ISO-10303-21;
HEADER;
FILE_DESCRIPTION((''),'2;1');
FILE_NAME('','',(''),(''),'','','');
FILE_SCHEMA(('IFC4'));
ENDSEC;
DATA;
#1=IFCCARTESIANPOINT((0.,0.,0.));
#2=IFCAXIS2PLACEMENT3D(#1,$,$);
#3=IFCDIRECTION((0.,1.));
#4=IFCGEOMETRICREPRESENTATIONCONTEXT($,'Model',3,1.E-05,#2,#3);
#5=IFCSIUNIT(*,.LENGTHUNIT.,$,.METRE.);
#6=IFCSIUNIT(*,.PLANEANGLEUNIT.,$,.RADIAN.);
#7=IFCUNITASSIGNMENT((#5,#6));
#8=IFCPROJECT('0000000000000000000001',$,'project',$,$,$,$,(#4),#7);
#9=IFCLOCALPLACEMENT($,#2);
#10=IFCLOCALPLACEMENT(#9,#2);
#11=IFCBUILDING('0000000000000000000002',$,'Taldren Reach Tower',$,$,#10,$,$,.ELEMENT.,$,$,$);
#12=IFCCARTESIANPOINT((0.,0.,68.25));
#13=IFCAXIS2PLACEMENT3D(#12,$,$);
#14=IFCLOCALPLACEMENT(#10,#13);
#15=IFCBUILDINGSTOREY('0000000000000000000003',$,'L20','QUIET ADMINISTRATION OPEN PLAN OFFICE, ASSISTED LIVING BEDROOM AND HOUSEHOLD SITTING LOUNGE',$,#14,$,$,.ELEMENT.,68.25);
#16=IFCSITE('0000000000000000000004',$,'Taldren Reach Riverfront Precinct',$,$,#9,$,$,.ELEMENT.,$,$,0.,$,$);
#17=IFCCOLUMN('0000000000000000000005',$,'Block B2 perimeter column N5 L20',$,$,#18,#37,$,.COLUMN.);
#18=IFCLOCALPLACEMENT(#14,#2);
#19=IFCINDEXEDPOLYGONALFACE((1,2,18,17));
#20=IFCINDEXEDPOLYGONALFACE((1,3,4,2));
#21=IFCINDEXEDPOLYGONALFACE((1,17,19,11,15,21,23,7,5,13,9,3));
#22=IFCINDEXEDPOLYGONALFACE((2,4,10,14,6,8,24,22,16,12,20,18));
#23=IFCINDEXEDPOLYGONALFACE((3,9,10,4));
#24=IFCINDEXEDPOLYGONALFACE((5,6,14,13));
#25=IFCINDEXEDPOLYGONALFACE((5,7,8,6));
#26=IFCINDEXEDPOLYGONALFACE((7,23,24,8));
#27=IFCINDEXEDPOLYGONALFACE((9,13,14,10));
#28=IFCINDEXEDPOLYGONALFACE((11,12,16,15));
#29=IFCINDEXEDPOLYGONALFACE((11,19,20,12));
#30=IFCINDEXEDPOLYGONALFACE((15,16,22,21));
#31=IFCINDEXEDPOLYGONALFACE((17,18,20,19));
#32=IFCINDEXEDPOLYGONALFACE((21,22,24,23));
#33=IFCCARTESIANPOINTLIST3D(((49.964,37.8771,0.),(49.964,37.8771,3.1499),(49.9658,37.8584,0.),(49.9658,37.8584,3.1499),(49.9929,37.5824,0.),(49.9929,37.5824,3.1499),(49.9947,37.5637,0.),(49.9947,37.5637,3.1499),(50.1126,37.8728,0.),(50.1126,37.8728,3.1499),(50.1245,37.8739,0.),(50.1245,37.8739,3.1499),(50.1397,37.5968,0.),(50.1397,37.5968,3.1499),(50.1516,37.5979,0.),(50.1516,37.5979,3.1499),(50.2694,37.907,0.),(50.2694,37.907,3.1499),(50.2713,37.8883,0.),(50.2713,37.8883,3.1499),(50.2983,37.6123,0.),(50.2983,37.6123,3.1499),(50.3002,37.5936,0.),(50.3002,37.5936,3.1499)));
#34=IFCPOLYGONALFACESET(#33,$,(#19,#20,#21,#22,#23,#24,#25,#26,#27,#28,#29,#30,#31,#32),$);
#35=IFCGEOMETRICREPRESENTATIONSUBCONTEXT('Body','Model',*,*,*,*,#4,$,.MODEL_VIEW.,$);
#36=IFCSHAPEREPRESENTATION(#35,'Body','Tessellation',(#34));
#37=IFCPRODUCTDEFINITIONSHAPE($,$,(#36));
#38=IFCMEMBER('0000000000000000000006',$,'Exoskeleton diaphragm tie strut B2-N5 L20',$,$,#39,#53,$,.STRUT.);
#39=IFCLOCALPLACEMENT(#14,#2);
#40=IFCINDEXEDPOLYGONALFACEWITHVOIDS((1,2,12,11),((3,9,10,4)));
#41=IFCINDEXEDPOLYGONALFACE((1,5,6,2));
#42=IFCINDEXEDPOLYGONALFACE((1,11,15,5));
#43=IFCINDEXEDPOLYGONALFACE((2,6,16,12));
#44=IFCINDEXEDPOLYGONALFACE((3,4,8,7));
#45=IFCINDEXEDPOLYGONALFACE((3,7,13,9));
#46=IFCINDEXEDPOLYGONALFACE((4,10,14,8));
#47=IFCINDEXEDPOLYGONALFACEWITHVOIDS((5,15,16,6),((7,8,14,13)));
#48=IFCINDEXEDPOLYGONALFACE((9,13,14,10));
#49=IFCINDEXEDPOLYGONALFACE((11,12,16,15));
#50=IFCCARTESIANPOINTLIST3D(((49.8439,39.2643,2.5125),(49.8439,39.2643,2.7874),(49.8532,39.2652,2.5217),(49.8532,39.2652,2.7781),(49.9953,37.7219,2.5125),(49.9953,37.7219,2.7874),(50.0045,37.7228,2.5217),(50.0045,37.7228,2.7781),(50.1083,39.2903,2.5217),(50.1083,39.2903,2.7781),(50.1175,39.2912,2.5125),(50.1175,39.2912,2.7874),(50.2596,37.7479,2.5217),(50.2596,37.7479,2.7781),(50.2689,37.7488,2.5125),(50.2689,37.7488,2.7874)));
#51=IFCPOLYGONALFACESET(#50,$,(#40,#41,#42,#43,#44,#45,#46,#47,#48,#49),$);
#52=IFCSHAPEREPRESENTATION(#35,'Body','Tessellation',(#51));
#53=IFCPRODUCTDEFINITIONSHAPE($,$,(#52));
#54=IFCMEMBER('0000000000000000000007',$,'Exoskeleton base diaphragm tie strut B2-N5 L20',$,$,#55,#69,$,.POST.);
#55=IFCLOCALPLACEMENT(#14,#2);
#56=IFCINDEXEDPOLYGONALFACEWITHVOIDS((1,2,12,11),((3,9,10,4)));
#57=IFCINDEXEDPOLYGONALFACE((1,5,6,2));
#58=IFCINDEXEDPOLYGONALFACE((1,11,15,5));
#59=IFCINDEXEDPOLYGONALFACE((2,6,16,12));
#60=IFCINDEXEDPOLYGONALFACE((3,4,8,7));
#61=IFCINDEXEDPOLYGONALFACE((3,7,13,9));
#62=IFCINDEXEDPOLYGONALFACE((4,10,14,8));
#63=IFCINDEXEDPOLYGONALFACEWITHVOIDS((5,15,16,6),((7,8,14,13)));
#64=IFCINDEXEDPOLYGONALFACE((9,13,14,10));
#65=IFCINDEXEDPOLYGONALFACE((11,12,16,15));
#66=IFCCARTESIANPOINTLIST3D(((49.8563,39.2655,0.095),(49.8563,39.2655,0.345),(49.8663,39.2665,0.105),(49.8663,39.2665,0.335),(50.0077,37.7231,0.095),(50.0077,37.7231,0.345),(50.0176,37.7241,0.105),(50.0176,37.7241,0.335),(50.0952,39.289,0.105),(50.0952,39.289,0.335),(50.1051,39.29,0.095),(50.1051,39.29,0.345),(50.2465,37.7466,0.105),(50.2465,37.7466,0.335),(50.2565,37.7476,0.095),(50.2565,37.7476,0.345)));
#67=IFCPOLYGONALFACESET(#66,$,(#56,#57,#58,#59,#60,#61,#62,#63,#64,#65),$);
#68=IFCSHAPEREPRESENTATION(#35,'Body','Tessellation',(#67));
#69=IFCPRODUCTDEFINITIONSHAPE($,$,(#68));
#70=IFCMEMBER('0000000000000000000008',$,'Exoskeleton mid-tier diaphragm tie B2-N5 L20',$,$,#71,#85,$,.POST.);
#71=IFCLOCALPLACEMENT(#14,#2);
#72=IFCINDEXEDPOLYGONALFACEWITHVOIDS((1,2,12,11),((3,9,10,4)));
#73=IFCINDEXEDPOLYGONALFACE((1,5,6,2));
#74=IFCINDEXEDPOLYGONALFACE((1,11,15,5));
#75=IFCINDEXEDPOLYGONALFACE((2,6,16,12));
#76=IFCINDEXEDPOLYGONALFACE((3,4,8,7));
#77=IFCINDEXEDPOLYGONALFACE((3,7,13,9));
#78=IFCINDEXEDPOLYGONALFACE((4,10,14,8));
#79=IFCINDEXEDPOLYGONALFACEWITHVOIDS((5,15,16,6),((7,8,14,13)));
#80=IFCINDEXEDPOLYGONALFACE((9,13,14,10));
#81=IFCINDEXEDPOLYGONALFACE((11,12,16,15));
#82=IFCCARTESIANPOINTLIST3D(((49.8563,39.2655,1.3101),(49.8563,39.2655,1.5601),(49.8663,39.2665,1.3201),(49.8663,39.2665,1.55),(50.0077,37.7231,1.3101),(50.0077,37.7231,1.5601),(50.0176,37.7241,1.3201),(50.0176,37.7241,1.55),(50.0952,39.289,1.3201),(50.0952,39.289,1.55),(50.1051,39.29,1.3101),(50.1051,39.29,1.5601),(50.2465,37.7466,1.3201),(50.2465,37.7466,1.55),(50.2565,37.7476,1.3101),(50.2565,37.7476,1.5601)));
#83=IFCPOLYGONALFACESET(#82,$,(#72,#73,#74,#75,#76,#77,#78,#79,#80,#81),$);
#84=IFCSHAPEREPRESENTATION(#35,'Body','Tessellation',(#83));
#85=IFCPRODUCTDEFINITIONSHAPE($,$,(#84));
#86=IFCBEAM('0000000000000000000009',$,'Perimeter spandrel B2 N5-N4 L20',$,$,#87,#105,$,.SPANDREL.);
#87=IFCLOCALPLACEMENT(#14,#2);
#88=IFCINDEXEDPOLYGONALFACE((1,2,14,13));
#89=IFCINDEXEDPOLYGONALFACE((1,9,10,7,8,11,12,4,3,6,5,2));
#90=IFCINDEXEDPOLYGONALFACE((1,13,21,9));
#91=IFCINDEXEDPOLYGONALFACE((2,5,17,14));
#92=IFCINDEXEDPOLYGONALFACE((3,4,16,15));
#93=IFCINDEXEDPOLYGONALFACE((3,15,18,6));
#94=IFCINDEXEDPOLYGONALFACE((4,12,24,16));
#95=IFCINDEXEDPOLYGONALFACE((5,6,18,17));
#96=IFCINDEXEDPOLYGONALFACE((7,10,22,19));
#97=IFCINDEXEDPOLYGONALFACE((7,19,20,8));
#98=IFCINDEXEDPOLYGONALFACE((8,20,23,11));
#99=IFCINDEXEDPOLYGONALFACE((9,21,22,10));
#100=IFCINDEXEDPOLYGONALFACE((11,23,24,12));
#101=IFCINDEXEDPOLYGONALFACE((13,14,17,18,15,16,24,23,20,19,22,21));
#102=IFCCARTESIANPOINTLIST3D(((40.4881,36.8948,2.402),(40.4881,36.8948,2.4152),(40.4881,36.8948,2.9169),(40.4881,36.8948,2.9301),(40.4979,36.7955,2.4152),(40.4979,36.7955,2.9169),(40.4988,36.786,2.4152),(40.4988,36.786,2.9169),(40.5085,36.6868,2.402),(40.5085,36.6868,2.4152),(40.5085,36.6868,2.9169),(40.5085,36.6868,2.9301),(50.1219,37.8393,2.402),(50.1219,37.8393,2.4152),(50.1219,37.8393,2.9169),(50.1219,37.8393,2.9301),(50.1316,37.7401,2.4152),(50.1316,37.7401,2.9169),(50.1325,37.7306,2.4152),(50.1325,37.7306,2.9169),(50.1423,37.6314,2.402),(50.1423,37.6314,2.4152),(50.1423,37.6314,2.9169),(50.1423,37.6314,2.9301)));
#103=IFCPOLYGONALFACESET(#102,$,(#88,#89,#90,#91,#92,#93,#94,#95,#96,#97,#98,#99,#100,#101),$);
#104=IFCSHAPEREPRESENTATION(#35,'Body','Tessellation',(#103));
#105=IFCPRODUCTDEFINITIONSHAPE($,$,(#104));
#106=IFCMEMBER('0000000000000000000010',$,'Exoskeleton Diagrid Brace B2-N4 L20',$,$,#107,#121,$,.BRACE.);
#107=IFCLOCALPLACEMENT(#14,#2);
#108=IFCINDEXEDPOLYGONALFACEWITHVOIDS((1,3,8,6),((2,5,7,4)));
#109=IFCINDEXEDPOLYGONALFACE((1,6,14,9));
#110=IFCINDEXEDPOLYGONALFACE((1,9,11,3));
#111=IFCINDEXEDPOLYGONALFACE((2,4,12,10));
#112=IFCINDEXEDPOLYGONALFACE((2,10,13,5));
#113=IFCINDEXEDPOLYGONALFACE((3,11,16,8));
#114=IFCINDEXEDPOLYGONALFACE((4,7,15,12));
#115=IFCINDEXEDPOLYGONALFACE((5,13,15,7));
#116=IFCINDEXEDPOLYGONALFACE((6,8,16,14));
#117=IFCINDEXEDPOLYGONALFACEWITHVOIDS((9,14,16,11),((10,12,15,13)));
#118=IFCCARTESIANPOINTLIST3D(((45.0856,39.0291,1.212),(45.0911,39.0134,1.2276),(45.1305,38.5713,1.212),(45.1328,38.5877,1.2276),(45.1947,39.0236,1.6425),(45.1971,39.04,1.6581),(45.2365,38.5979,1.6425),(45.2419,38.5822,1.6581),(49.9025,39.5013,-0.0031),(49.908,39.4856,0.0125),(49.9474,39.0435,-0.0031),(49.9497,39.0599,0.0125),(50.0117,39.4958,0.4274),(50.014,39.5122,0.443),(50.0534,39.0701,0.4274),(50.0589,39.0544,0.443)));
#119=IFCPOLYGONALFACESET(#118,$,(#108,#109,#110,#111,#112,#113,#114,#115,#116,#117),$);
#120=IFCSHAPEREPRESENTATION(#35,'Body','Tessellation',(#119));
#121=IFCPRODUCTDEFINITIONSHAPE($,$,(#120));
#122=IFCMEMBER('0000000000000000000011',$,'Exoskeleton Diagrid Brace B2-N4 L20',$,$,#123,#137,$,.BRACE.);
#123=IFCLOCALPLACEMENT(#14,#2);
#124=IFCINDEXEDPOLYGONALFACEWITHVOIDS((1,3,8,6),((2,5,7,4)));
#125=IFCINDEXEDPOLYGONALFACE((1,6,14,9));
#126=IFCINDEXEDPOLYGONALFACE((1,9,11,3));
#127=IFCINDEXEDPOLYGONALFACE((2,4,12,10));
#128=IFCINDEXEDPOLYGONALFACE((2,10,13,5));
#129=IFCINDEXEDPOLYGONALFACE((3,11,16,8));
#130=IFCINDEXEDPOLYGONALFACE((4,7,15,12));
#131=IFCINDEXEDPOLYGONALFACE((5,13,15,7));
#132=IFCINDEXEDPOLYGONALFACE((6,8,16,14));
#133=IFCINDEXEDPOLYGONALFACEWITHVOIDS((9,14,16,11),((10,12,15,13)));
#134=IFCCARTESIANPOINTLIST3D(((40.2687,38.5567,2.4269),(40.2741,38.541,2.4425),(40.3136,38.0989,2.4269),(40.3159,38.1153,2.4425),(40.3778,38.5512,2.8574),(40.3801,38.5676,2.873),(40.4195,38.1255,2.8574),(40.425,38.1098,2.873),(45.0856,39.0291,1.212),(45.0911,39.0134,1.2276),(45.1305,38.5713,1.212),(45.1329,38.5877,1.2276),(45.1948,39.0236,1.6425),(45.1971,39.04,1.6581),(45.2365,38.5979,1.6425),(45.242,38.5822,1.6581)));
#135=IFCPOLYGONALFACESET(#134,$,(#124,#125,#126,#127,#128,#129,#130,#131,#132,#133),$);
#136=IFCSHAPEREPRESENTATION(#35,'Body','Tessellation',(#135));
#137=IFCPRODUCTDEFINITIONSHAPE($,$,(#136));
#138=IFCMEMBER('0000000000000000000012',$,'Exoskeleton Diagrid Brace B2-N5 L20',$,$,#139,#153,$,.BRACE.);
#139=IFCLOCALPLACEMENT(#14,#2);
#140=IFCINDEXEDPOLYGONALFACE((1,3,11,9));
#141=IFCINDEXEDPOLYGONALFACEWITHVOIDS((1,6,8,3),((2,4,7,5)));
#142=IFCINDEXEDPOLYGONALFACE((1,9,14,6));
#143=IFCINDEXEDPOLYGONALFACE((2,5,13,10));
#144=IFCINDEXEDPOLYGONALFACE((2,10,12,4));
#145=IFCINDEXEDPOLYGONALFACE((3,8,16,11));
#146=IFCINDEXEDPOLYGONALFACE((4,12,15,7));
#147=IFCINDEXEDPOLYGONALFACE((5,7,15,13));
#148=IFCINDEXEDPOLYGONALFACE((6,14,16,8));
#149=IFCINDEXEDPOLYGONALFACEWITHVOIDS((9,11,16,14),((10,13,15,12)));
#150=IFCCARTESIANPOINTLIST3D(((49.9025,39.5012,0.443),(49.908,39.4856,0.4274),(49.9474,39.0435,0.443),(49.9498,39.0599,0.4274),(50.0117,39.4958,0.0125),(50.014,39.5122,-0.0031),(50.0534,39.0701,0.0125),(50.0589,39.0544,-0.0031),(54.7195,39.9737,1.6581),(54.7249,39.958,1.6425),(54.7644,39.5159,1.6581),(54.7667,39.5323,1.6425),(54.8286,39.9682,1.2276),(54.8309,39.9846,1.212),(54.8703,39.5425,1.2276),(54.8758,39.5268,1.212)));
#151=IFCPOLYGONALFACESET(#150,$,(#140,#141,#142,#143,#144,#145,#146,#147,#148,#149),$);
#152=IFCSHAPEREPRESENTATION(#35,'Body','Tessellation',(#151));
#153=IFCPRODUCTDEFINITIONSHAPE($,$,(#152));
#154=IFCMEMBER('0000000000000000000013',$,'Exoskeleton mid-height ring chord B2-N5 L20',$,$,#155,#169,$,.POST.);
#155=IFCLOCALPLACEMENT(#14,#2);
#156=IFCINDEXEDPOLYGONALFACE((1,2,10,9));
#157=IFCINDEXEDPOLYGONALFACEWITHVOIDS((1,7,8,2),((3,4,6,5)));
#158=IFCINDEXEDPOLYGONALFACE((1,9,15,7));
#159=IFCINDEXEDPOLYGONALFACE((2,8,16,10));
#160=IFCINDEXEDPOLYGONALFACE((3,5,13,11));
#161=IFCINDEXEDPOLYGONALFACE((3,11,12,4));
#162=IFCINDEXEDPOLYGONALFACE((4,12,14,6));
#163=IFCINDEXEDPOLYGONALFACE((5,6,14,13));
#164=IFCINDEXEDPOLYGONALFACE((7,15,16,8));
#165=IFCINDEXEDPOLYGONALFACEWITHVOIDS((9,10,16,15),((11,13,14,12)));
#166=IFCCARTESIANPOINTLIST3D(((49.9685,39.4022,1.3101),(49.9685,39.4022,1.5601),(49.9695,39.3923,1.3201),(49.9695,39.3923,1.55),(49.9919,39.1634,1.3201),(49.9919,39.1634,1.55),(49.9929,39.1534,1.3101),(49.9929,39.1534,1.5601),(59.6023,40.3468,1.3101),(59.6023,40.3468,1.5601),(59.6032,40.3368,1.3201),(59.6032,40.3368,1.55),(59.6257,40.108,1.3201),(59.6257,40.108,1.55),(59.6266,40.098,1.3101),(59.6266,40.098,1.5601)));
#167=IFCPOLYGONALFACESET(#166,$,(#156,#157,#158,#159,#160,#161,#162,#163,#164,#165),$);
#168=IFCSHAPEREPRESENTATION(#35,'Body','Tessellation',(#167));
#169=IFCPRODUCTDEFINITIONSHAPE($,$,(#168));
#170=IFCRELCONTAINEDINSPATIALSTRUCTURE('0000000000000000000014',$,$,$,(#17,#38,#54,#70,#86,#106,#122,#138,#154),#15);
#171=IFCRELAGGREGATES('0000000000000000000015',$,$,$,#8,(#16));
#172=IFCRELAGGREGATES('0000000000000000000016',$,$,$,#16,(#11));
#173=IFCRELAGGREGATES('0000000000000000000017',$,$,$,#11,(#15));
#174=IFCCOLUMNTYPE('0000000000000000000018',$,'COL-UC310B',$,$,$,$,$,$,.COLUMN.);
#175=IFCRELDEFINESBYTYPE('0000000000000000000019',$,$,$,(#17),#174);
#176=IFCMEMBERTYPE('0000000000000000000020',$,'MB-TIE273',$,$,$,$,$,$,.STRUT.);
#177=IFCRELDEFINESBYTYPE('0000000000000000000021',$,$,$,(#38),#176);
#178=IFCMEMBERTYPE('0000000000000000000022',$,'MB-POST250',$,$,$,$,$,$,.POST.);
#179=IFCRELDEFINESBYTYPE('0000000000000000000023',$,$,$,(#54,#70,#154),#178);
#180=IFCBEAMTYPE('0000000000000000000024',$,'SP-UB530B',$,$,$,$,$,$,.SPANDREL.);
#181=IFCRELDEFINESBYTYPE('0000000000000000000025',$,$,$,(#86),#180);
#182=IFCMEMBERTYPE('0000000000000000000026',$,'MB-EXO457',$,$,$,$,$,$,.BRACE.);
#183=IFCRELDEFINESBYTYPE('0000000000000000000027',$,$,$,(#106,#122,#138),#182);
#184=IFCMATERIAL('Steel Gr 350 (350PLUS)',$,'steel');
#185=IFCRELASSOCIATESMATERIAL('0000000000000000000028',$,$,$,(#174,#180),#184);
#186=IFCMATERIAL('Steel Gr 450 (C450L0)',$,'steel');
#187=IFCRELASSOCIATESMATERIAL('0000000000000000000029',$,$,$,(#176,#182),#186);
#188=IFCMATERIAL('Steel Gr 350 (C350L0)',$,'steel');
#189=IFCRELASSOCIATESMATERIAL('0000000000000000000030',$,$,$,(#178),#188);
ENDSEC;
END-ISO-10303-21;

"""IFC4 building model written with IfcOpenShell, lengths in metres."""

from ifc_helpers import new_model, si_unit, direction, frame, origin, origin_2d, place, context, subcontext, project, spatial, hollow_rectangle, i_section, extrude, source, transform, mapped, material, material_profile, profile_set, type_object, element, save


model = new_model("IFC4")

# Units and contexts
model_context = context("Model", 3, precision=1e-05, world=origin(), true_north=direction((0.0, 1.0)))
body_context = subcontext(model_context, "Body", "Model", "MODEL_VIEW")
ifc_project = project(units=[si_unit("LENGTHUNIT", "METRE"), si_unit("PLANEANGLEUNIT", "RADIAN")], contexts=[model_context])

# Site, building, storey
site_placement = place(None, origin())
site = spatial("IfcSite", under=ifc_project, at=site_placement, Name="Taldren Reach Riverfront Precinct", CompositionType="ELEMENT", RefElevation=0.0)
building_placement = place(site_placement, origin())
building = spatial("IfcBuilding", under=site, at=building_placement, Name="Taldren Reach Tower", CompositionType="ELEMENT")
storey_placement = place(building_placement, frame((0.0, 0.0, 68.25)))
storey = spatial("IfcBuildingStorey", under=building, at=storey_placement, Name="L20", Description="QUIET ADMINISTRATION OPEN PLAN OFFICE, ASSISTED LIVING BEDROOM AND HOUSEHOLD SITTING LOUNGE", CompositionType="ELEMENT", Elevation=68.25)

# Column
ifc_material_1 = material(Name="Steel Gr 350 (350PLUS)", Category="steel")
ifc_material_profile_1 = material_profile(ifc_material_1, i_section(OverallWidth=0.3069, OverallDepth=0.3149, WebThickness=0.012, FlangeThickness=0.0188, at=origin_2d()), Name="310UC118")
ifc_profile_set_1 = profile_set([ifc_material_profile_1], Name="Steel Gr 350 (350PLUS)")
column_type = type_object("IfcColumnType", Name="COL-UC310B", PredefinedType="COLUMN", material=ifc_profile_set_1)
shared_shape_1 = source(origin(), body_context, "Body", "SweptSolid", [
    extrude(i_section(OverallWidth=0.3069, OverallDepth=0.3149, WebThickness=0.012, FlangeThickness=0.0188, at=origin_2d()), origin(), (0.0, 0.0, 1.0), 3.1499),
])
column_placement = place(storey_placement, frame((50.1321, 37.7354, 0.0), z_axis=(0.0, 0.0, 1.0), x_axis=(0.995227, 0.097583, 0.0)))
element("IfcColumn", 1, at=column_placement, inside=storey, type_object=column_type, Name="Block B2 perimeter column N5 L20", PredefinedType="COLUMN", context=body_context, shape_type="MappedRepresentation", body=[
    mapped(shared_shape_1, transform((0.0, 0.0, 0.0), scale=1.0)),
])

# Members
ifc_material_2 = material(Name="Steel Gr 450 (C450L0)", Category="steel")
ifc_material_profile_2 = material_profile(ifc_material_2, hollow_rectangle(XDim=0.2749, YDim=0.2749, WallThickness=0.0093, at=origin_2d()), Name="275x275x9.3SHS")
ifc_profile_set_2 = profile_set([ifc_material_profile_2], Name="Steel Gr 450 (C450L0)")
member_type_1 = type_object("IfcMemberType", Name="MB-TIE273", PredefinedType="STRUT", material=ifc_profile_set_2)
shared_shape_2 = source(origin(), body_context, "Body", "SweptSolid", [
    extrude(hollow_rectangle(XDim=0.2749, YDim=0.2749, WallThickness=0.0093, at=origin_2d()), origin(), (0.0, 0.0, 1.0), 1.5498),
])
member_1_placement = place(storey_placement, frame((50.1321, 37.7354, 2.6499), z_axis=(-0.097663, 0.99522, 0.0), x_axis=(-0.99522, -0.097663, 0.0)))
element("IfcMember", 2, at=member_1_placement, inside=storey, type_object=member_type_1, Name="Exoskeleton diaphragm tie strut B2-N5 L20", PredefinedType="STRUT", context=body_context, shape_type="MappedRepresentation", body=[
    mapped(shared_shape_2, transform((0.0, 0.0, 0.0), scale=1.0)),
])
ifc_material_3 = material(Name="Steel Gr 350 (C350L0)", Category="steel")
ifc_material_profile_3 = material_profile(ifc_material_3, hollow_rectangle(XDim=0.25, YDim=0.25, WallThickness=0.01, at=origin_2d()), Name="250x250x10.0SHS")
ifc_profile_set_3 = profile_set([ifc_material_profile_3], Name="Steel Gr 350 (C350L0)")
member_type_2 = type_object("IfcMemberType", Name="MB-POST250", PredefinedType="POST", material=ifc_profile_set_3)
shared_shape_3 = source(origin(), body_context, "Body", "SweptSolid", [
    extrude(hollow_rectangle(XDim=0.25, YDim=0.25, WallThickness=0.01, at=origin_2d()), origin(), (0.0, 0.0, 1.0), 1.5498),
])
for number, where, z_axis, x_axis, name in (
    (3, (50.1321, 37.7354, 0.22), (-0.097663, 0.99522, 0.0), (-0.99522, -0.097663, 0.0), "Exoskeleton base diaphragm tie strut B2-N5 L20"),
    (4, (50.1321, 37.7354, 1.4351), (-0.097663, 0.99522, 0.0), (-0.99522, -0.097663, 0.0), "Exoskeleton mid-tier diaphragm tie B2-N5 L20"),
):
    element("IfcMember", number, at=place(storey_placement, frame(where, z_axis=z_axis, x_axis=x_axis)), inside=storey, type_object=member_type_2, Name=name, PredefinedType="POST", context=body_context, shape_type="MappedRepresentation", body=[
        mapped(shared_shape_3, transform((0.0, 0.0, 0.0), scale=1.0)),
    ])

# Beam
ifc_material_profile_4 = material_profile(ifc_material_1, i_section(OverallWidth=0.209, OverallDepth=0.5281, WebThickness=0.0095, FlangeThickness=0.0132, at=origin_2d()), Name="530UB82.0")
ifc_profile_set_4 = profile_set([ifc_material_profile_4], Name="Steel Gr 350 (350PLUS)")
beam_type = type_object("IfcBeamType", Name="SP-UB530B", PredefinedType="SPANDREL", material=ifc_profile_set_4)
shared_shape_4 = source(origin(), body_context, "Body", "SweptSolid", [
    extrude(i_section(OverallWidth=0.209, OverallDepth=0.5281, WebThickness=0.0095, FlangeThickness=0.0132, at=origin_2d()), origin(), (0.0, 0.0, 1.0), 9.6799),
])
beam_placement = place(storey_placement, frame((50.1321, 37.7354, 2.666), z_axis=(-0.995228, -0.097581, 0.0), x_axis=(0.097581, -0.995228, 0.0)))
element("IfcBeam", 5, at=beam_placement, inside=storey, type_object=beam_type, Name="Perimeter spandrel B2 N5-N4 L20", PredefinedType="SPANDREL", context=body_context, shape_type="MappedRepresentation", body=[
    mapped(shared_shape_4, transform((0.0, 0.0, 0.0), scale=1.0)),
])

# Members
ifc_material_profile_5 = material_profile(ifc_material_2, hollow_rectangle(XDim=0.46, YDim=0.46, WallThickness=0.0161, at=origin_2d()), Name="460x460x16.0SHS")
ifc_profile_set_5 = profile_set([ifc_material_profile_5], Name="Steel Gr 450 (C450L0)")
member_type_3 = type_object("IfcMemberType", Name="MB-EXO457", PredefinedType="BRACE", material=ifc_profile_set_5)
shared_shape_5 = source(origin(), body_context, "Body", "SweptSolid", [
    extrude(hollow_rectangle(XDim=0.46, YDim=0.46, WallThickness=0.0161, at=origin_2d()), origin(), (0.0, 0.0, 1.0), 4.9902),
])
for number, where, z_axis, x_axis, name in (
    (6, (49.9807, 39.2778, 0.22), (-0.965276, -0.09462, 0.243496), (0.097556, -0.99523, 0.0), "Exoskeleton Diagrid Brace B2-N4 L20"),
    (7, (45.1638, 38.8057, 1.4351), (-0.965283, -0.094669, 0.243449), (0.097606, -0.995225, 0.0), "Exoskeleton Diagrid Brace B2-N4 L20"),
    (8, (49.9807, 39.2778, 0.22), (0.965271, 0.094668, 0.243495), (-0.097606, 0.995225, 0.0), "Exoskeleton Diagrid Brace B2-N5 L20"),
):
    element("IfcMember", number, at=place(storey_placement, frame(where, z_axis=z_axis, x_axis=x_axis)), inside=storey, type_object=member_type_3, Name=name, PredefinedType="BRACE", context=body_context, shape_type="MappedRepresentation", body=[
        mapped(shared_shape_5, transform((0.0, 0.0, 0.0), scale=1.0)),
    ])
shared_shape_6 = source(origin(), body_context, "Body", "SweptSolid", [
    extrude(hollow_rectangle(XDim=0.25, YDim=0.25, WallThickness=0.01, at=origin_2d()), origin(), (0.0, 0.0, 1.0), 9.6799),
])
member_2_placement = place(storey_placement, frame((49.9807, 39.2778, 1.4351), z_axis=(0.995228, 0.097581, 0.0), x_axis=(-0.097581, 0.995228, 0.0)))
element("IfcMember", 9, at=member_2_placement, inside=storey, type_object=member_type_2, Name="Exoskeleton mid-height ring chord B2-N5 L20", PredefinedType="POST", context=body_context, shape_type="MappedRepresentation", body=[
    mapped(shared_shape_6, transform((0.0, 0.0, 0.0), scale=1.0)),
])

save(model, "model.ifc")
